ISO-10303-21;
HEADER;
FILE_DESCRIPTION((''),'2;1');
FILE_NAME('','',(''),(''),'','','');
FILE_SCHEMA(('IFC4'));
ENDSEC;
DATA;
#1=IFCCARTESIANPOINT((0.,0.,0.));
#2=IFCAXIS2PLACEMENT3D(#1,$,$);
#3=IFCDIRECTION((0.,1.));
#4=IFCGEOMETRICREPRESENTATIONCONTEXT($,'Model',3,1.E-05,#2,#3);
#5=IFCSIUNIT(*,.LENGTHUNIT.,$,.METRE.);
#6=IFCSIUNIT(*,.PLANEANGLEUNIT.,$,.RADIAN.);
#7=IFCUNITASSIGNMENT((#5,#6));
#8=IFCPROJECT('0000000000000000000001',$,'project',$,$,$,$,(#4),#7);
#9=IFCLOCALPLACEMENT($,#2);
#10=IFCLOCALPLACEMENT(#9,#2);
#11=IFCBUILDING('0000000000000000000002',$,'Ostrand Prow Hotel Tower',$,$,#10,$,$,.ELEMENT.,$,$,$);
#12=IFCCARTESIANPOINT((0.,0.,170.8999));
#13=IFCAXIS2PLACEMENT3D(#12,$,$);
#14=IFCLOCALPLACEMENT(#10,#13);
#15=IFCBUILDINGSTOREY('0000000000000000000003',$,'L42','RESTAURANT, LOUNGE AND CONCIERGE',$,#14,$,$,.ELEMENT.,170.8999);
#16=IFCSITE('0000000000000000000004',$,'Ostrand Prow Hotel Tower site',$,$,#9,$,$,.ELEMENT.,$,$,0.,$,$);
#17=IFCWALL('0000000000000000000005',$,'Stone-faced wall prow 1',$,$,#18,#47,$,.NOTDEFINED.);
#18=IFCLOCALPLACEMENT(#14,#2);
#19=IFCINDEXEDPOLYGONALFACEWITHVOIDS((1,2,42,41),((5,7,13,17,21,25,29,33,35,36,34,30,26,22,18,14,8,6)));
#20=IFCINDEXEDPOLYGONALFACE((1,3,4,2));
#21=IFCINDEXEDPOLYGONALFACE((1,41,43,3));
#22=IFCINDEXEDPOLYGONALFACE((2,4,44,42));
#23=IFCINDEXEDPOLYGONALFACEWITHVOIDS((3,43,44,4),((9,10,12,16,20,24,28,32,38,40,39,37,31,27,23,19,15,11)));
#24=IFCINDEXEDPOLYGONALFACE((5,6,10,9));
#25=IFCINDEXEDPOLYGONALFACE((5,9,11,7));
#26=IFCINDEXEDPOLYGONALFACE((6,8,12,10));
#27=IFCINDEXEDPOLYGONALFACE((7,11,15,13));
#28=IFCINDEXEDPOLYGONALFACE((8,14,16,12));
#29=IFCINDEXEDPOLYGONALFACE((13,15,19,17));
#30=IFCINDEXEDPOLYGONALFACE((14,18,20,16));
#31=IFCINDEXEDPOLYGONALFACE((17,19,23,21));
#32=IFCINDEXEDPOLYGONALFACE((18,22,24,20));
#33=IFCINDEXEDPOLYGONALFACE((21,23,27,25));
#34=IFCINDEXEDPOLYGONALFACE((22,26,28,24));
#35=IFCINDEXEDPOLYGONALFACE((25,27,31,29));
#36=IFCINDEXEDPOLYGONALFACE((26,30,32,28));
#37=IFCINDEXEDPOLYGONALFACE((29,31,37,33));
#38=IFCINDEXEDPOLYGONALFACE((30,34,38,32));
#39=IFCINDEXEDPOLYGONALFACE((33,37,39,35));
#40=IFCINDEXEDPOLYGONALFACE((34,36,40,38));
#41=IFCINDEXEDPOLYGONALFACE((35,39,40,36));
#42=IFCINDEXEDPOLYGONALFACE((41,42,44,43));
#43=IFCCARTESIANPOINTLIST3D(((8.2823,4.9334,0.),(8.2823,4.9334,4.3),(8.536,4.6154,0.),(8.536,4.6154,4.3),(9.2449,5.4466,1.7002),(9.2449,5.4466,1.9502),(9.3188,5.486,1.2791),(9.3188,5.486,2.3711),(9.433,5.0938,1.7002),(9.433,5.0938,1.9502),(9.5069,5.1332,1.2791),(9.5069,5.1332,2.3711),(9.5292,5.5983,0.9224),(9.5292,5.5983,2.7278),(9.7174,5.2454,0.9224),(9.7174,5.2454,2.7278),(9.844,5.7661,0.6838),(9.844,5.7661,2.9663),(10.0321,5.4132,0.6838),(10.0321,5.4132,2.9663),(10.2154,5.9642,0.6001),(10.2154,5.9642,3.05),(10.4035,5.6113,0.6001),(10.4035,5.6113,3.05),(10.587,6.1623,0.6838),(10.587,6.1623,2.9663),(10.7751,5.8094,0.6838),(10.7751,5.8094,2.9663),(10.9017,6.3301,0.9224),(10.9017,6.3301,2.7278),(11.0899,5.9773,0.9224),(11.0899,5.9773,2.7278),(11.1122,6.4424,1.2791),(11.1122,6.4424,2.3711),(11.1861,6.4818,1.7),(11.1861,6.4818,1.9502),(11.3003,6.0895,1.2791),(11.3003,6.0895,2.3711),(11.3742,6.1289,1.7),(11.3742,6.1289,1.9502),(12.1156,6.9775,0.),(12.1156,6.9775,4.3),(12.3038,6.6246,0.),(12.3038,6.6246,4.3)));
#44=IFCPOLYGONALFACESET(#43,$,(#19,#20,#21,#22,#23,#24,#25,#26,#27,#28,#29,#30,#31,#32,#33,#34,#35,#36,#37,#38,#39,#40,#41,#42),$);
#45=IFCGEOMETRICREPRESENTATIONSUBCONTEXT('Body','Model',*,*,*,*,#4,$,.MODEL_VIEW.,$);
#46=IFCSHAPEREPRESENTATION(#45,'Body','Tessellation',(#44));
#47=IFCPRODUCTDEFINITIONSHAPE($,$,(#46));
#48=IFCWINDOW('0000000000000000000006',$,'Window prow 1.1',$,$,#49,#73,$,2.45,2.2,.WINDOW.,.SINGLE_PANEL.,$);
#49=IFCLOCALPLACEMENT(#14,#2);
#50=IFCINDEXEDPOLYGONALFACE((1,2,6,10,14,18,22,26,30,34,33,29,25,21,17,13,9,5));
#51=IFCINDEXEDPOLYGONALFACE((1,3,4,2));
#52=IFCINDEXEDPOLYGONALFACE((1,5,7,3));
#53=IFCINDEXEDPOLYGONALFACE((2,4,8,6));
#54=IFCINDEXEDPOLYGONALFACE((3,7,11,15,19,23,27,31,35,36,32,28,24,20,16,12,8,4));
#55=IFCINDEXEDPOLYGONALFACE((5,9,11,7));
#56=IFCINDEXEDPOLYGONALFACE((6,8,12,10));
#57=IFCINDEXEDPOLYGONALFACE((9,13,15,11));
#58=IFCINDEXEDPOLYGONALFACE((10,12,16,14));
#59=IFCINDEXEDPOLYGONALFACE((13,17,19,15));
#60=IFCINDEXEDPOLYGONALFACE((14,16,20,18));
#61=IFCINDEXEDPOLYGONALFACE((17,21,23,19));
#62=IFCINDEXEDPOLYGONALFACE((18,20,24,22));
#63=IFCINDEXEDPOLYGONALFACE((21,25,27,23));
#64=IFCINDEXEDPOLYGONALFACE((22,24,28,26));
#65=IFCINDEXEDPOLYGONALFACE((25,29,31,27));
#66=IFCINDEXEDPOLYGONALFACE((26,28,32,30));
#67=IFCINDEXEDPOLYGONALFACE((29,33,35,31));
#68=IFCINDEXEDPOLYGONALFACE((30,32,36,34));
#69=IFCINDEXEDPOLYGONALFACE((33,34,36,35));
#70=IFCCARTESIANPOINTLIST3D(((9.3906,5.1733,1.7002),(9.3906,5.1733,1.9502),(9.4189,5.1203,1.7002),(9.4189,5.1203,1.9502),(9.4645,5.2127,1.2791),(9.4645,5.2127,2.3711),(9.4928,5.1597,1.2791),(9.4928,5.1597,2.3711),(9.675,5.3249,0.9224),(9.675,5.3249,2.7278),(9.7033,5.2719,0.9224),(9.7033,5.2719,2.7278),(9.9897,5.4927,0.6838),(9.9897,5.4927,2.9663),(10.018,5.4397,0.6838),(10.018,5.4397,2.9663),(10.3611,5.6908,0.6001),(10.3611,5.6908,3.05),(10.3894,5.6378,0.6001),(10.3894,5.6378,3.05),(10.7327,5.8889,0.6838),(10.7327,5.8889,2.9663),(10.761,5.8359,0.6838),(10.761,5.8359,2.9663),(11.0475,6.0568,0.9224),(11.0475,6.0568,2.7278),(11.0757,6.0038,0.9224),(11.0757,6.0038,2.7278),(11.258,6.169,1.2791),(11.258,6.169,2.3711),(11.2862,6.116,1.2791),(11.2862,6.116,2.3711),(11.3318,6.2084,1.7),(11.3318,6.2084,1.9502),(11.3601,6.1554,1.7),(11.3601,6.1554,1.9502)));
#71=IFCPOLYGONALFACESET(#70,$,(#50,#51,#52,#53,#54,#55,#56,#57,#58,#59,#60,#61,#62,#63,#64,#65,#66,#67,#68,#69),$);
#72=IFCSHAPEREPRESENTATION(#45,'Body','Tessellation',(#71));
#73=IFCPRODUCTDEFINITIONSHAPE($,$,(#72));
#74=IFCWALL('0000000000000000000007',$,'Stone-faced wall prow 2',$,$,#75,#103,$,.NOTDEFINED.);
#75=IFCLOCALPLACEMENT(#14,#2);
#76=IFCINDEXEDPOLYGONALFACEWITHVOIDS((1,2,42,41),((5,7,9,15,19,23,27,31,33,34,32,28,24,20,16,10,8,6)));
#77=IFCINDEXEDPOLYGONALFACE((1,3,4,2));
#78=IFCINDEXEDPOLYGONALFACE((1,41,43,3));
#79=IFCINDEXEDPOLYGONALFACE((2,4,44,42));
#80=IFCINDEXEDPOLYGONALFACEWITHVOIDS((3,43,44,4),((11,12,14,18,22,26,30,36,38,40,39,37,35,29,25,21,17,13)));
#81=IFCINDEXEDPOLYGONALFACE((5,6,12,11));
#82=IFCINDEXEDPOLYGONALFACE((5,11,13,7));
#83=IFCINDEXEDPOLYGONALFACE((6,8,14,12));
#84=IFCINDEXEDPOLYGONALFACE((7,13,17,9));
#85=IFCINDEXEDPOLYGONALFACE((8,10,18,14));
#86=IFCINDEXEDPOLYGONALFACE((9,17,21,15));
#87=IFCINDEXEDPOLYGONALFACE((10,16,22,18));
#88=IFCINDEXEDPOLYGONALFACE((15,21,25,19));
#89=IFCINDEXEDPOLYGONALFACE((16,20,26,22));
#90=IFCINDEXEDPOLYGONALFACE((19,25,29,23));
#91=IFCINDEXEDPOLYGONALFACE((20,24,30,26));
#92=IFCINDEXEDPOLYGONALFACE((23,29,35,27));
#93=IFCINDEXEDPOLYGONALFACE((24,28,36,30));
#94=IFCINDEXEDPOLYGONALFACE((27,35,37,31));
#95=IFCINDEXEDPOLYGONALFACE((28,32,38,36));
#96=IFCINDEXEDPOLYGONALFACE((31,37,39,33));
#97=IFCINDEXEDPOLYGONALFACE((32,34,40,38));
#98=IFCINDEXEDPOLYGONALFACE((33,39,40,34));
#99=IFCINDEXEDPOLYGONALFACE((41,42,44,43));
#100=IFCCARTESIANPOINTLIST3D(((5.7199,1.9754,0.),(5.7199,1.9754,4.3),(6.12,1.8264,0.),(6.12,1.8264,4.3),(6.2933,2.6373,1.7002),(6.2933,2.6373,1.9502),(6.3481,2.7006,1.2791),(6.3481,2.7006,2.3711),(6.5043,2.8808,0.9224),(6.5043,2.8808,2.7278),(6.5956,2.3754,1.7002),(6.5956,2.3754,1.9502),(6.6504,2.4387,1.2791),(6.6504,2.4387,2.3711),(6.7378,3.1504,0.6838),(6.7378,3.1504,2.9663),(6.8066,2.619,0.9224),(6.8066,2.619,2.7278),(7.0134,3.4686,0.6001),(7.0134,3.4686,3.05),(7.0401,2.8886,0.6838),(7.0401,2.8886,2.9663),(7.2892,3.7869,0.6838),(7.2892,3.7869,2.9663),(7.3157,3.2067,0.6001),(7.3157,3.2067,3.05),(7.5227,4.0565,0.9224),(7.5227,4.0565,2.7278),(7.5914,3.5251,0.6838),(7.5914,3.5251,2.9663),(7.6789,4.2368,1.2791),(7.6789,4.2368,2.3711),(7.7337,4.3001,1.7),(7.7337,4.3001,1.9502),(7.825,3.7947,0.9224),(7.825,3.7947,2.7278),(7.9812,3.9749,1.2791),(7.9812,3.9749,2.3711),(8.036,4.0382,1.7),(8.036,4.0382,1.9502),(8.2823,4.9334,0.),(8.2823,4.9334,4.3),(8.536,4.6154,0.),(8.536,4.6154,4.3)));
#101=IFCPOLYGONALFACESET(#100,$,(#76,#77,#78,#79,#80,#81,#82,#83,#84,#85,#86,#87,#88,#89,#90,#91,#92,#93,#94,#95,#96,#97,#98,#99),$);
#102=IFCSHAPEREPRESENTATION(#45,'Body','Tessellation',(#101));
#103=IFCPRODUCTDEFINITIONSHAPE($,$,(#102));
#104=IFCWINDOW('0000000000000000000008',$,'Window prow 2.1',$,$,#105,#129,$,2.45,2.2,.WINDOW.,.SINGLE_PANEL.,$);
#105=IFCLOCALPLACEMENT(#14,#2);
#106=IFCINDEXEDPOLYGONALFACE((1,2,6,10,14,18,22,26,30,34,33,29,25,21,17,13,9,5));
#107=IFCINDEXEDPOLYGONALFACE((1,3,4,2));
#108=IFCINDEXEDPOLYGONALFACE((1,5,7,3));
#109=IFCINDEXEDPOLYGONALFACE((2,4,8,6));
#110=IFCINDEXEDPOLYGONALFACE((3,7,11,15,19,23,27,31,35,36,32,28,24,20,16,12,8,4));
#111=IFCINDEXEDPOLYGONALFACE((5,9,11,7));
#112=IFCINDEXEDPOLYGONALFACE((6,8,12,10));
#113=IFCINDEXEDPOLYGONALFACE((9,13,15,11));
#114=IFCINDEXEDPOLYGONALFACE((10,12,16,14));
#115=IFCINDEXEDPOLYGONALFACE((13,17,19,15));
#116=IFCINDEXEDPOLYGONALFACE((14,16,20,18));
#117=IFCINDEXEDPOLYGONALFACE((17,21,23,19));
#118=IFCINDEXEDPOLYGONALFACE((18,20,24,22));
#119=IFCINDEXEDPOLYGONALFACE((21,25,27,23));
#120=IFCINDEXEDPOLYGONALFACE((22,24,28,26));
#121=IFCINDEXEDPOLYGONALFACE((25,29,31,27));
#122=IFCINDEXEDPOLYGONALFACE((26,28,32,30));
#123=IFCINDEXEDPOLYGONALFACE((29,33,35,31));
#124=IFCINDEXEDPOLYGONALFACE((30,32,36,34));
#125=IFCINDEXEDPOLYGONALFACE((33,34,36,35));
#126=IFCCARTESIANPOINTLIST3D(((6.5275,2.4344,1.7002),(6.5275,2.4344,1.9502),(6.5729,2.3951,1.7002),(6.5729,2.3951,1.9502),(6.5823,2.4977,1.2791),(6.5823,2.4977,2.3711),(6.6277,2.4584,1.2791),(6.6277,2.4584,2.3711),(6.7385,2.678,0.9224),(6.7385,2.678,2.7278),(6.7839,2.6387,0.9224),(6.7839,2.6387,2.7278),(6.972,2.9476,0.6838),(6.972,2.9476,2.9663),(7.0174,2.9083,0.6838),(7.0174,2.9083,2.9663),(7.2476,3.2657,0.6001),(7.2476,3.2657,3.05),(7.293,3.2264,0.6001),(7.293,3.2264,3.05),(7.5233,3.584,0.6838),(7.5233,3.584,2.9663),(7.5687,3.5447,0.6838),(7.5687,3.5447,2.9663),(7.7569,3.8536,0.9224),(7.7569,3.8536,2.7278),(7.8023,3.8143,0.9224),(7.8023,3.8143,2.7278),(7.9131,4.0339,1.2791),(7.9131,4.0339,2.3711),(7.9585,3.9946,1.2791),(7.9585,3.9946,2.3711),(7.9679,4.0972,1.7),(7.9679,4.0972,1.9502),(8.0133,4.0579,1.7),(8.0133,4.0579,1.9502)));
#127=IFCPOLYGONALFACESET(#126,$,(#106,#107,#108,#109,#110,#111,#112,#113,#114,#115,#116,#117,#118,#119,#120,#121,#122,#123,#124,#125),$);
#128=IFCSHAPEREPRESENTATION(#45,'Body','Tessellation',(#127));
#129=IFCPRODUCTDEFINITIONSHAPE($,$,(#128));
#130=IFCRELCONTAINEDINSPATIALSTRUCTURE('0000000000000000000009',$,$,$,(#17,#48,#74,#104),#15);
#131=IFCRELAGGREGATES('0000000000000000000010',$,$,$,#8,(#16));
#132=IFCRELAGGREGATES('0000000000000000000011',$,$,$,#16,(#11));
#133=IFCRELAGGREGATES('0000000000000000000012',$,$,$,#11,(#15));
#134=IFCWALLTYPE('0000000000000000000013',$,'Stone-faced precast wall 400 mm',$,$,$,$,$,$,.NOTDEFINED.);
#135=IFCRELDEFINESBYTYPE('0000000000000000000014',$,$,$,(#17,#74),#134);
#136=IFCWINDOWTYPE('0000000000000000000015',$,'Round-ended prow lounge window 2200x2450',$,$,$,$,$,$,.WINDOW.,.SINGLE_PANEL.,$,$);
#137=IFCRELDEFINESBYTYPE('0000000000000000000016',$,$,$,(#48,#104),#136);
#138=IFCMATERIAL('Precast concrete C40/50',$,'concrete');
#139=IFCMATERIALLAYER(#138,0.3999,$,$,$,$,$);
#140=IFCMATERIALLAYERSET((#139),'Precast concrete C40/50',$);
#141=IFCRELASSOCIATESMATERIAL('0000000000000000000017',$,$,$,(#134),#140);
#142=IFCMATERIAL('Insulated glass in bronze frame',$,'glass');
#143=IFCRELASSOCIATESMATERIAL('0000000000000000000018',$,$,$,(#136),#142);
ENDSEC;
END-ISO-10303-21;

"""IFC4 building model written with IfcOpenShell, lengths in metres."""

from ifc_helpers import new_model, si_unit, direction, frame, origin, place, context, subcontext, project, spatial, polyline, outline, extrude, material, layer, layer_set, type_object, element, fill, save


model = new_model("IFC4")

# Units and contexts
model_context = context("Model", 3, precision=1e-05, world=origin(), true_north=direction((0.0, 1.0)))
body_context = subcontext(model_context, "Body", "Model", "MODEL_VIEW")
ifc_project = project(units=[si_unit("LENGTHUNIT", "METRE"), si_unit("PLANEANGLEUNIT", "RADIAN")], contexts=[model_context])

# Site, building, storey
site_placement = place(None, origin())
site = spatial("IfcSite", under=ifc_project, at=site_placement, Name="Ostrand Prow Hotel Tower site", CompositionType="ELEMENT", RefElevation=0.0)
building_placement = place(site_placement, origin())
building = spatial("IfcBuilding", under=site, at=building_placement, Name="Ostrand Prow Hotel Tower", CompositionType="ELEMENT")
storey_placement = place(building_placement, frame((0.0, 0.0, 170.8999)))
storey = spatial("IfcBuildingStorey", under=building, at=storey_placement, Name="L42", Description="RESTAURANT, LOUNGE AND CONCIERGE", CompositionType="ELEMENT", Elevation=170.8999)

# Walls, openings, windows
ifc_material_1 = material(Name="Precast concrete C40/50", Category="concrete")
ifc_layer_1 = layer(ifc_material_1, 0.3999)
ifc_layer_set_1 = layer_set([ifc_layer_1], Name="Precast concrete C40/50")
wall_type_1 = type_object("IfcWallType", Name="Stone-faced precast wall 400 mm", PredefinedType="NOTDEFINED", material=ifc_layer_set_1)
wall_1_placement = place(storey_placement, frame((12.2097, 6.801, 0.0), z_axis=(0.0, 0.0, 1.0), x_axis=(-0.882386, -0.470526, 0.0)))
wall_1 = element("IfcWall", 1, at=wall_1_placement, inside=storey, type_object=wall_type_1, Name="Stone-faced wall prow 1", PredefinedType="NOTDEFINED", context=body_context, shape_type="SweptSolid", body=[
    extrude(outline(polyline([(0.0, -0.2), (4.3442, -0.2), (4.27, 0.2), (0.0, 0.2), (0.0, -0.2)])), origin(), (0.0, 0.0, 1.0), 4.3),
])
opening_1_placement = place(wall_1_placement, frame((1.0535, 0.0, 0.6001)))
opening_1 = element("IfcOpeningElement", 2, at=opening_1_placement, cuts=wall_1, PredefinedType="OPENING", context=body_context, shape_type="SweptSolid", body=[
    extrude(outline(polyline([(0.0, 1.3501), (0.0837, 1.771), (0.3223, 2.1277), (0.679, 2.3662), (1.1001, 2.45), (1.521, 2.3662), (1.8777, 2.1277), (2.1162, 1.771), (2.2, 1.3501), (2.2, 1.1001), (2.1162, 0.679), (1.8777, 0.3223), (1.521, 0.0837), (1.1001, 0.0), (0.679, 0.0837), (0.3223, 0.3223), (0.0837, 0.679), (0.0, 1.0999), (0.0, 1.3501)])), frame((0.0, 0.21, 0.0), z_axis=(0.0, -1.0, 0.0), x_axis=(1.0, 0.0, 0.0)), (0.0, 0.0, 1.0), 0.4199),
])
ifc_material_2 = material(Name="Insulated glass in bronze frame", Category="glass")
window_type = type_object("IfcWindowType", Name="Round-ended prow lounge window 2200x2450", PartitioningType="SINGLE_PANEL", PredefinedType="WINDOW", material=ifc_material_2)
window_1_placement = place(opening_1_placement, origin())
window_1 = element("IfcWindow", 3, at=window_1_placement, inside=storey, type_object=window_type, Name="Window prow 1.1", OverallHeight=2.45, OverallWidth=2.2, PartitioningType="SINGLE_PANEL", PredefinedType="WINDOW", context=body_context, shape_type="SweptSolid", body=[
    extrude(outline(polyline([(0.0, 1.3501), (0.0837, 1.771), (0.3223, 2.1277), (0.679, 2.3662), (1.1001, 2.45), (1.521, 2.3662), (1.8777, 2.1277), (2.1162, 1.771), (2.2, 1.3501), (2.2, 1.1001), (2.1162, 0.679), (1.8777, 0.3223), (1.521, 0.0837), (1.1001, 0.0), (0.679, 0.0837), (0.3223, 0.3223), (0.0837, 0.679), (0.0, 1.0999), (0.0, 1.3501)])), frame((0.0, 0.1699, 0.0), z_axis=(0.0, -1.0, 0.0), x_axis=(1.0, 0.0, 0.0)), (0.0, 0.0, 1.0), 0.0601),
])
fill(opening_1, window_1)
wall_2_placement = place(storey_placement, frame((8.4092, 4.7744, 0.0), z_axis=(0.0, 0.0, 1.0), x_axis=(-0.654759, -0.755837, 0.0)))
wall_2 = element("IfcWall", 4, at=wall_2_placement, inside=storey, type_object=wall_type_1, Name="Stone-faced wall prow 2", PredefinedType="NOTDEFINED", context=body_context, shape_type="SweptSolid", body=[
    extrude(outline(polyline([(-0.0371, -0.2), (3.8765, -0.2), (3.7271, 0.2), (0.0371, 0.2), (-0.0371, -0.2)])), origin(), (0.0, 0.0, 1.0), 4.3),
])
opening_2_placement = place(wall_2_placement, frame((0.8008, 0.0, 0.6001)))
opening_2 = element("IfcOpeningElement", 5, at=opening_2_placement, cuts=wall_2, PredefinedType="OPENING", context=body_context, shape_type="SweptSolid", body=[
    extrude(outline(polyline([(0.0, 1.3501), (0.0837, 1.771), (0.3223, 2.1277), (0.679, 2.3662), (1.1001, 2.45), (1.521, 2.3662), (1.8777, 2.1277), (2.1162, 1.771), (2.2, 1.3501), (2.2, 1.1001), (2.1162, 0.679), (1.8777, 0.3223), (1.521, 0.0837), (1.1001, 0.0), (0.679, 0.0837), (0.3223, 0.3223), (0.0837, 0.679), (0.0, 1.0999), (0.0, 1.3501)])), frame((0.0, 0.21, 0.0), z_axis=(0.0, -1.0, 0.0), x_axis=(1.0, 0.0, 0.0)), (0.0, 0.0, 1.0), 0.4199),
])
window_2_placement = place(opening_2_placement, origin())
window_2 = element("IfcWindow", 6, at=window_2_placement, inside=storey, type_object=window_type, Name="Window prow 2.1", OverallHeight=2.45, OverallWidth=2.2, PartitioningType="SINGLE_PANEL", PredefinedType="WINDOW", context=body_context, shape_type="SweptSolid", body=[
    extrude(outline(polyline([(0.0, 1.3501), (0.0837, 1.771), (0.3223, 2.1277), (0.679, 2.3662), (1.1001, 2.45), (1.521, 2.3662), (1.8777, 2.1277), (2.1162, 1.771), (2.2, 1.3501), (2.2, 1.1001), (2.1162, 0.679), (1.8777, 0.3223), (1.521, 0.0837), (1.1001, 0.0), (0.679, 0.0837), (0.3223, 0.3223), (0.0837, 0.679), (0.0, 1.0999), (0.0, 1.3501)])), frame((0.0, 0.1699, 0.0), z_axis=(0.0, -1.0, 0.0), x_axis=(1.0, 0.0, 0.0)), (0.0, 0.0, 1.0), 0.0601),
])
fill(opening_2, window_2)

save(model, "model.ifc")
